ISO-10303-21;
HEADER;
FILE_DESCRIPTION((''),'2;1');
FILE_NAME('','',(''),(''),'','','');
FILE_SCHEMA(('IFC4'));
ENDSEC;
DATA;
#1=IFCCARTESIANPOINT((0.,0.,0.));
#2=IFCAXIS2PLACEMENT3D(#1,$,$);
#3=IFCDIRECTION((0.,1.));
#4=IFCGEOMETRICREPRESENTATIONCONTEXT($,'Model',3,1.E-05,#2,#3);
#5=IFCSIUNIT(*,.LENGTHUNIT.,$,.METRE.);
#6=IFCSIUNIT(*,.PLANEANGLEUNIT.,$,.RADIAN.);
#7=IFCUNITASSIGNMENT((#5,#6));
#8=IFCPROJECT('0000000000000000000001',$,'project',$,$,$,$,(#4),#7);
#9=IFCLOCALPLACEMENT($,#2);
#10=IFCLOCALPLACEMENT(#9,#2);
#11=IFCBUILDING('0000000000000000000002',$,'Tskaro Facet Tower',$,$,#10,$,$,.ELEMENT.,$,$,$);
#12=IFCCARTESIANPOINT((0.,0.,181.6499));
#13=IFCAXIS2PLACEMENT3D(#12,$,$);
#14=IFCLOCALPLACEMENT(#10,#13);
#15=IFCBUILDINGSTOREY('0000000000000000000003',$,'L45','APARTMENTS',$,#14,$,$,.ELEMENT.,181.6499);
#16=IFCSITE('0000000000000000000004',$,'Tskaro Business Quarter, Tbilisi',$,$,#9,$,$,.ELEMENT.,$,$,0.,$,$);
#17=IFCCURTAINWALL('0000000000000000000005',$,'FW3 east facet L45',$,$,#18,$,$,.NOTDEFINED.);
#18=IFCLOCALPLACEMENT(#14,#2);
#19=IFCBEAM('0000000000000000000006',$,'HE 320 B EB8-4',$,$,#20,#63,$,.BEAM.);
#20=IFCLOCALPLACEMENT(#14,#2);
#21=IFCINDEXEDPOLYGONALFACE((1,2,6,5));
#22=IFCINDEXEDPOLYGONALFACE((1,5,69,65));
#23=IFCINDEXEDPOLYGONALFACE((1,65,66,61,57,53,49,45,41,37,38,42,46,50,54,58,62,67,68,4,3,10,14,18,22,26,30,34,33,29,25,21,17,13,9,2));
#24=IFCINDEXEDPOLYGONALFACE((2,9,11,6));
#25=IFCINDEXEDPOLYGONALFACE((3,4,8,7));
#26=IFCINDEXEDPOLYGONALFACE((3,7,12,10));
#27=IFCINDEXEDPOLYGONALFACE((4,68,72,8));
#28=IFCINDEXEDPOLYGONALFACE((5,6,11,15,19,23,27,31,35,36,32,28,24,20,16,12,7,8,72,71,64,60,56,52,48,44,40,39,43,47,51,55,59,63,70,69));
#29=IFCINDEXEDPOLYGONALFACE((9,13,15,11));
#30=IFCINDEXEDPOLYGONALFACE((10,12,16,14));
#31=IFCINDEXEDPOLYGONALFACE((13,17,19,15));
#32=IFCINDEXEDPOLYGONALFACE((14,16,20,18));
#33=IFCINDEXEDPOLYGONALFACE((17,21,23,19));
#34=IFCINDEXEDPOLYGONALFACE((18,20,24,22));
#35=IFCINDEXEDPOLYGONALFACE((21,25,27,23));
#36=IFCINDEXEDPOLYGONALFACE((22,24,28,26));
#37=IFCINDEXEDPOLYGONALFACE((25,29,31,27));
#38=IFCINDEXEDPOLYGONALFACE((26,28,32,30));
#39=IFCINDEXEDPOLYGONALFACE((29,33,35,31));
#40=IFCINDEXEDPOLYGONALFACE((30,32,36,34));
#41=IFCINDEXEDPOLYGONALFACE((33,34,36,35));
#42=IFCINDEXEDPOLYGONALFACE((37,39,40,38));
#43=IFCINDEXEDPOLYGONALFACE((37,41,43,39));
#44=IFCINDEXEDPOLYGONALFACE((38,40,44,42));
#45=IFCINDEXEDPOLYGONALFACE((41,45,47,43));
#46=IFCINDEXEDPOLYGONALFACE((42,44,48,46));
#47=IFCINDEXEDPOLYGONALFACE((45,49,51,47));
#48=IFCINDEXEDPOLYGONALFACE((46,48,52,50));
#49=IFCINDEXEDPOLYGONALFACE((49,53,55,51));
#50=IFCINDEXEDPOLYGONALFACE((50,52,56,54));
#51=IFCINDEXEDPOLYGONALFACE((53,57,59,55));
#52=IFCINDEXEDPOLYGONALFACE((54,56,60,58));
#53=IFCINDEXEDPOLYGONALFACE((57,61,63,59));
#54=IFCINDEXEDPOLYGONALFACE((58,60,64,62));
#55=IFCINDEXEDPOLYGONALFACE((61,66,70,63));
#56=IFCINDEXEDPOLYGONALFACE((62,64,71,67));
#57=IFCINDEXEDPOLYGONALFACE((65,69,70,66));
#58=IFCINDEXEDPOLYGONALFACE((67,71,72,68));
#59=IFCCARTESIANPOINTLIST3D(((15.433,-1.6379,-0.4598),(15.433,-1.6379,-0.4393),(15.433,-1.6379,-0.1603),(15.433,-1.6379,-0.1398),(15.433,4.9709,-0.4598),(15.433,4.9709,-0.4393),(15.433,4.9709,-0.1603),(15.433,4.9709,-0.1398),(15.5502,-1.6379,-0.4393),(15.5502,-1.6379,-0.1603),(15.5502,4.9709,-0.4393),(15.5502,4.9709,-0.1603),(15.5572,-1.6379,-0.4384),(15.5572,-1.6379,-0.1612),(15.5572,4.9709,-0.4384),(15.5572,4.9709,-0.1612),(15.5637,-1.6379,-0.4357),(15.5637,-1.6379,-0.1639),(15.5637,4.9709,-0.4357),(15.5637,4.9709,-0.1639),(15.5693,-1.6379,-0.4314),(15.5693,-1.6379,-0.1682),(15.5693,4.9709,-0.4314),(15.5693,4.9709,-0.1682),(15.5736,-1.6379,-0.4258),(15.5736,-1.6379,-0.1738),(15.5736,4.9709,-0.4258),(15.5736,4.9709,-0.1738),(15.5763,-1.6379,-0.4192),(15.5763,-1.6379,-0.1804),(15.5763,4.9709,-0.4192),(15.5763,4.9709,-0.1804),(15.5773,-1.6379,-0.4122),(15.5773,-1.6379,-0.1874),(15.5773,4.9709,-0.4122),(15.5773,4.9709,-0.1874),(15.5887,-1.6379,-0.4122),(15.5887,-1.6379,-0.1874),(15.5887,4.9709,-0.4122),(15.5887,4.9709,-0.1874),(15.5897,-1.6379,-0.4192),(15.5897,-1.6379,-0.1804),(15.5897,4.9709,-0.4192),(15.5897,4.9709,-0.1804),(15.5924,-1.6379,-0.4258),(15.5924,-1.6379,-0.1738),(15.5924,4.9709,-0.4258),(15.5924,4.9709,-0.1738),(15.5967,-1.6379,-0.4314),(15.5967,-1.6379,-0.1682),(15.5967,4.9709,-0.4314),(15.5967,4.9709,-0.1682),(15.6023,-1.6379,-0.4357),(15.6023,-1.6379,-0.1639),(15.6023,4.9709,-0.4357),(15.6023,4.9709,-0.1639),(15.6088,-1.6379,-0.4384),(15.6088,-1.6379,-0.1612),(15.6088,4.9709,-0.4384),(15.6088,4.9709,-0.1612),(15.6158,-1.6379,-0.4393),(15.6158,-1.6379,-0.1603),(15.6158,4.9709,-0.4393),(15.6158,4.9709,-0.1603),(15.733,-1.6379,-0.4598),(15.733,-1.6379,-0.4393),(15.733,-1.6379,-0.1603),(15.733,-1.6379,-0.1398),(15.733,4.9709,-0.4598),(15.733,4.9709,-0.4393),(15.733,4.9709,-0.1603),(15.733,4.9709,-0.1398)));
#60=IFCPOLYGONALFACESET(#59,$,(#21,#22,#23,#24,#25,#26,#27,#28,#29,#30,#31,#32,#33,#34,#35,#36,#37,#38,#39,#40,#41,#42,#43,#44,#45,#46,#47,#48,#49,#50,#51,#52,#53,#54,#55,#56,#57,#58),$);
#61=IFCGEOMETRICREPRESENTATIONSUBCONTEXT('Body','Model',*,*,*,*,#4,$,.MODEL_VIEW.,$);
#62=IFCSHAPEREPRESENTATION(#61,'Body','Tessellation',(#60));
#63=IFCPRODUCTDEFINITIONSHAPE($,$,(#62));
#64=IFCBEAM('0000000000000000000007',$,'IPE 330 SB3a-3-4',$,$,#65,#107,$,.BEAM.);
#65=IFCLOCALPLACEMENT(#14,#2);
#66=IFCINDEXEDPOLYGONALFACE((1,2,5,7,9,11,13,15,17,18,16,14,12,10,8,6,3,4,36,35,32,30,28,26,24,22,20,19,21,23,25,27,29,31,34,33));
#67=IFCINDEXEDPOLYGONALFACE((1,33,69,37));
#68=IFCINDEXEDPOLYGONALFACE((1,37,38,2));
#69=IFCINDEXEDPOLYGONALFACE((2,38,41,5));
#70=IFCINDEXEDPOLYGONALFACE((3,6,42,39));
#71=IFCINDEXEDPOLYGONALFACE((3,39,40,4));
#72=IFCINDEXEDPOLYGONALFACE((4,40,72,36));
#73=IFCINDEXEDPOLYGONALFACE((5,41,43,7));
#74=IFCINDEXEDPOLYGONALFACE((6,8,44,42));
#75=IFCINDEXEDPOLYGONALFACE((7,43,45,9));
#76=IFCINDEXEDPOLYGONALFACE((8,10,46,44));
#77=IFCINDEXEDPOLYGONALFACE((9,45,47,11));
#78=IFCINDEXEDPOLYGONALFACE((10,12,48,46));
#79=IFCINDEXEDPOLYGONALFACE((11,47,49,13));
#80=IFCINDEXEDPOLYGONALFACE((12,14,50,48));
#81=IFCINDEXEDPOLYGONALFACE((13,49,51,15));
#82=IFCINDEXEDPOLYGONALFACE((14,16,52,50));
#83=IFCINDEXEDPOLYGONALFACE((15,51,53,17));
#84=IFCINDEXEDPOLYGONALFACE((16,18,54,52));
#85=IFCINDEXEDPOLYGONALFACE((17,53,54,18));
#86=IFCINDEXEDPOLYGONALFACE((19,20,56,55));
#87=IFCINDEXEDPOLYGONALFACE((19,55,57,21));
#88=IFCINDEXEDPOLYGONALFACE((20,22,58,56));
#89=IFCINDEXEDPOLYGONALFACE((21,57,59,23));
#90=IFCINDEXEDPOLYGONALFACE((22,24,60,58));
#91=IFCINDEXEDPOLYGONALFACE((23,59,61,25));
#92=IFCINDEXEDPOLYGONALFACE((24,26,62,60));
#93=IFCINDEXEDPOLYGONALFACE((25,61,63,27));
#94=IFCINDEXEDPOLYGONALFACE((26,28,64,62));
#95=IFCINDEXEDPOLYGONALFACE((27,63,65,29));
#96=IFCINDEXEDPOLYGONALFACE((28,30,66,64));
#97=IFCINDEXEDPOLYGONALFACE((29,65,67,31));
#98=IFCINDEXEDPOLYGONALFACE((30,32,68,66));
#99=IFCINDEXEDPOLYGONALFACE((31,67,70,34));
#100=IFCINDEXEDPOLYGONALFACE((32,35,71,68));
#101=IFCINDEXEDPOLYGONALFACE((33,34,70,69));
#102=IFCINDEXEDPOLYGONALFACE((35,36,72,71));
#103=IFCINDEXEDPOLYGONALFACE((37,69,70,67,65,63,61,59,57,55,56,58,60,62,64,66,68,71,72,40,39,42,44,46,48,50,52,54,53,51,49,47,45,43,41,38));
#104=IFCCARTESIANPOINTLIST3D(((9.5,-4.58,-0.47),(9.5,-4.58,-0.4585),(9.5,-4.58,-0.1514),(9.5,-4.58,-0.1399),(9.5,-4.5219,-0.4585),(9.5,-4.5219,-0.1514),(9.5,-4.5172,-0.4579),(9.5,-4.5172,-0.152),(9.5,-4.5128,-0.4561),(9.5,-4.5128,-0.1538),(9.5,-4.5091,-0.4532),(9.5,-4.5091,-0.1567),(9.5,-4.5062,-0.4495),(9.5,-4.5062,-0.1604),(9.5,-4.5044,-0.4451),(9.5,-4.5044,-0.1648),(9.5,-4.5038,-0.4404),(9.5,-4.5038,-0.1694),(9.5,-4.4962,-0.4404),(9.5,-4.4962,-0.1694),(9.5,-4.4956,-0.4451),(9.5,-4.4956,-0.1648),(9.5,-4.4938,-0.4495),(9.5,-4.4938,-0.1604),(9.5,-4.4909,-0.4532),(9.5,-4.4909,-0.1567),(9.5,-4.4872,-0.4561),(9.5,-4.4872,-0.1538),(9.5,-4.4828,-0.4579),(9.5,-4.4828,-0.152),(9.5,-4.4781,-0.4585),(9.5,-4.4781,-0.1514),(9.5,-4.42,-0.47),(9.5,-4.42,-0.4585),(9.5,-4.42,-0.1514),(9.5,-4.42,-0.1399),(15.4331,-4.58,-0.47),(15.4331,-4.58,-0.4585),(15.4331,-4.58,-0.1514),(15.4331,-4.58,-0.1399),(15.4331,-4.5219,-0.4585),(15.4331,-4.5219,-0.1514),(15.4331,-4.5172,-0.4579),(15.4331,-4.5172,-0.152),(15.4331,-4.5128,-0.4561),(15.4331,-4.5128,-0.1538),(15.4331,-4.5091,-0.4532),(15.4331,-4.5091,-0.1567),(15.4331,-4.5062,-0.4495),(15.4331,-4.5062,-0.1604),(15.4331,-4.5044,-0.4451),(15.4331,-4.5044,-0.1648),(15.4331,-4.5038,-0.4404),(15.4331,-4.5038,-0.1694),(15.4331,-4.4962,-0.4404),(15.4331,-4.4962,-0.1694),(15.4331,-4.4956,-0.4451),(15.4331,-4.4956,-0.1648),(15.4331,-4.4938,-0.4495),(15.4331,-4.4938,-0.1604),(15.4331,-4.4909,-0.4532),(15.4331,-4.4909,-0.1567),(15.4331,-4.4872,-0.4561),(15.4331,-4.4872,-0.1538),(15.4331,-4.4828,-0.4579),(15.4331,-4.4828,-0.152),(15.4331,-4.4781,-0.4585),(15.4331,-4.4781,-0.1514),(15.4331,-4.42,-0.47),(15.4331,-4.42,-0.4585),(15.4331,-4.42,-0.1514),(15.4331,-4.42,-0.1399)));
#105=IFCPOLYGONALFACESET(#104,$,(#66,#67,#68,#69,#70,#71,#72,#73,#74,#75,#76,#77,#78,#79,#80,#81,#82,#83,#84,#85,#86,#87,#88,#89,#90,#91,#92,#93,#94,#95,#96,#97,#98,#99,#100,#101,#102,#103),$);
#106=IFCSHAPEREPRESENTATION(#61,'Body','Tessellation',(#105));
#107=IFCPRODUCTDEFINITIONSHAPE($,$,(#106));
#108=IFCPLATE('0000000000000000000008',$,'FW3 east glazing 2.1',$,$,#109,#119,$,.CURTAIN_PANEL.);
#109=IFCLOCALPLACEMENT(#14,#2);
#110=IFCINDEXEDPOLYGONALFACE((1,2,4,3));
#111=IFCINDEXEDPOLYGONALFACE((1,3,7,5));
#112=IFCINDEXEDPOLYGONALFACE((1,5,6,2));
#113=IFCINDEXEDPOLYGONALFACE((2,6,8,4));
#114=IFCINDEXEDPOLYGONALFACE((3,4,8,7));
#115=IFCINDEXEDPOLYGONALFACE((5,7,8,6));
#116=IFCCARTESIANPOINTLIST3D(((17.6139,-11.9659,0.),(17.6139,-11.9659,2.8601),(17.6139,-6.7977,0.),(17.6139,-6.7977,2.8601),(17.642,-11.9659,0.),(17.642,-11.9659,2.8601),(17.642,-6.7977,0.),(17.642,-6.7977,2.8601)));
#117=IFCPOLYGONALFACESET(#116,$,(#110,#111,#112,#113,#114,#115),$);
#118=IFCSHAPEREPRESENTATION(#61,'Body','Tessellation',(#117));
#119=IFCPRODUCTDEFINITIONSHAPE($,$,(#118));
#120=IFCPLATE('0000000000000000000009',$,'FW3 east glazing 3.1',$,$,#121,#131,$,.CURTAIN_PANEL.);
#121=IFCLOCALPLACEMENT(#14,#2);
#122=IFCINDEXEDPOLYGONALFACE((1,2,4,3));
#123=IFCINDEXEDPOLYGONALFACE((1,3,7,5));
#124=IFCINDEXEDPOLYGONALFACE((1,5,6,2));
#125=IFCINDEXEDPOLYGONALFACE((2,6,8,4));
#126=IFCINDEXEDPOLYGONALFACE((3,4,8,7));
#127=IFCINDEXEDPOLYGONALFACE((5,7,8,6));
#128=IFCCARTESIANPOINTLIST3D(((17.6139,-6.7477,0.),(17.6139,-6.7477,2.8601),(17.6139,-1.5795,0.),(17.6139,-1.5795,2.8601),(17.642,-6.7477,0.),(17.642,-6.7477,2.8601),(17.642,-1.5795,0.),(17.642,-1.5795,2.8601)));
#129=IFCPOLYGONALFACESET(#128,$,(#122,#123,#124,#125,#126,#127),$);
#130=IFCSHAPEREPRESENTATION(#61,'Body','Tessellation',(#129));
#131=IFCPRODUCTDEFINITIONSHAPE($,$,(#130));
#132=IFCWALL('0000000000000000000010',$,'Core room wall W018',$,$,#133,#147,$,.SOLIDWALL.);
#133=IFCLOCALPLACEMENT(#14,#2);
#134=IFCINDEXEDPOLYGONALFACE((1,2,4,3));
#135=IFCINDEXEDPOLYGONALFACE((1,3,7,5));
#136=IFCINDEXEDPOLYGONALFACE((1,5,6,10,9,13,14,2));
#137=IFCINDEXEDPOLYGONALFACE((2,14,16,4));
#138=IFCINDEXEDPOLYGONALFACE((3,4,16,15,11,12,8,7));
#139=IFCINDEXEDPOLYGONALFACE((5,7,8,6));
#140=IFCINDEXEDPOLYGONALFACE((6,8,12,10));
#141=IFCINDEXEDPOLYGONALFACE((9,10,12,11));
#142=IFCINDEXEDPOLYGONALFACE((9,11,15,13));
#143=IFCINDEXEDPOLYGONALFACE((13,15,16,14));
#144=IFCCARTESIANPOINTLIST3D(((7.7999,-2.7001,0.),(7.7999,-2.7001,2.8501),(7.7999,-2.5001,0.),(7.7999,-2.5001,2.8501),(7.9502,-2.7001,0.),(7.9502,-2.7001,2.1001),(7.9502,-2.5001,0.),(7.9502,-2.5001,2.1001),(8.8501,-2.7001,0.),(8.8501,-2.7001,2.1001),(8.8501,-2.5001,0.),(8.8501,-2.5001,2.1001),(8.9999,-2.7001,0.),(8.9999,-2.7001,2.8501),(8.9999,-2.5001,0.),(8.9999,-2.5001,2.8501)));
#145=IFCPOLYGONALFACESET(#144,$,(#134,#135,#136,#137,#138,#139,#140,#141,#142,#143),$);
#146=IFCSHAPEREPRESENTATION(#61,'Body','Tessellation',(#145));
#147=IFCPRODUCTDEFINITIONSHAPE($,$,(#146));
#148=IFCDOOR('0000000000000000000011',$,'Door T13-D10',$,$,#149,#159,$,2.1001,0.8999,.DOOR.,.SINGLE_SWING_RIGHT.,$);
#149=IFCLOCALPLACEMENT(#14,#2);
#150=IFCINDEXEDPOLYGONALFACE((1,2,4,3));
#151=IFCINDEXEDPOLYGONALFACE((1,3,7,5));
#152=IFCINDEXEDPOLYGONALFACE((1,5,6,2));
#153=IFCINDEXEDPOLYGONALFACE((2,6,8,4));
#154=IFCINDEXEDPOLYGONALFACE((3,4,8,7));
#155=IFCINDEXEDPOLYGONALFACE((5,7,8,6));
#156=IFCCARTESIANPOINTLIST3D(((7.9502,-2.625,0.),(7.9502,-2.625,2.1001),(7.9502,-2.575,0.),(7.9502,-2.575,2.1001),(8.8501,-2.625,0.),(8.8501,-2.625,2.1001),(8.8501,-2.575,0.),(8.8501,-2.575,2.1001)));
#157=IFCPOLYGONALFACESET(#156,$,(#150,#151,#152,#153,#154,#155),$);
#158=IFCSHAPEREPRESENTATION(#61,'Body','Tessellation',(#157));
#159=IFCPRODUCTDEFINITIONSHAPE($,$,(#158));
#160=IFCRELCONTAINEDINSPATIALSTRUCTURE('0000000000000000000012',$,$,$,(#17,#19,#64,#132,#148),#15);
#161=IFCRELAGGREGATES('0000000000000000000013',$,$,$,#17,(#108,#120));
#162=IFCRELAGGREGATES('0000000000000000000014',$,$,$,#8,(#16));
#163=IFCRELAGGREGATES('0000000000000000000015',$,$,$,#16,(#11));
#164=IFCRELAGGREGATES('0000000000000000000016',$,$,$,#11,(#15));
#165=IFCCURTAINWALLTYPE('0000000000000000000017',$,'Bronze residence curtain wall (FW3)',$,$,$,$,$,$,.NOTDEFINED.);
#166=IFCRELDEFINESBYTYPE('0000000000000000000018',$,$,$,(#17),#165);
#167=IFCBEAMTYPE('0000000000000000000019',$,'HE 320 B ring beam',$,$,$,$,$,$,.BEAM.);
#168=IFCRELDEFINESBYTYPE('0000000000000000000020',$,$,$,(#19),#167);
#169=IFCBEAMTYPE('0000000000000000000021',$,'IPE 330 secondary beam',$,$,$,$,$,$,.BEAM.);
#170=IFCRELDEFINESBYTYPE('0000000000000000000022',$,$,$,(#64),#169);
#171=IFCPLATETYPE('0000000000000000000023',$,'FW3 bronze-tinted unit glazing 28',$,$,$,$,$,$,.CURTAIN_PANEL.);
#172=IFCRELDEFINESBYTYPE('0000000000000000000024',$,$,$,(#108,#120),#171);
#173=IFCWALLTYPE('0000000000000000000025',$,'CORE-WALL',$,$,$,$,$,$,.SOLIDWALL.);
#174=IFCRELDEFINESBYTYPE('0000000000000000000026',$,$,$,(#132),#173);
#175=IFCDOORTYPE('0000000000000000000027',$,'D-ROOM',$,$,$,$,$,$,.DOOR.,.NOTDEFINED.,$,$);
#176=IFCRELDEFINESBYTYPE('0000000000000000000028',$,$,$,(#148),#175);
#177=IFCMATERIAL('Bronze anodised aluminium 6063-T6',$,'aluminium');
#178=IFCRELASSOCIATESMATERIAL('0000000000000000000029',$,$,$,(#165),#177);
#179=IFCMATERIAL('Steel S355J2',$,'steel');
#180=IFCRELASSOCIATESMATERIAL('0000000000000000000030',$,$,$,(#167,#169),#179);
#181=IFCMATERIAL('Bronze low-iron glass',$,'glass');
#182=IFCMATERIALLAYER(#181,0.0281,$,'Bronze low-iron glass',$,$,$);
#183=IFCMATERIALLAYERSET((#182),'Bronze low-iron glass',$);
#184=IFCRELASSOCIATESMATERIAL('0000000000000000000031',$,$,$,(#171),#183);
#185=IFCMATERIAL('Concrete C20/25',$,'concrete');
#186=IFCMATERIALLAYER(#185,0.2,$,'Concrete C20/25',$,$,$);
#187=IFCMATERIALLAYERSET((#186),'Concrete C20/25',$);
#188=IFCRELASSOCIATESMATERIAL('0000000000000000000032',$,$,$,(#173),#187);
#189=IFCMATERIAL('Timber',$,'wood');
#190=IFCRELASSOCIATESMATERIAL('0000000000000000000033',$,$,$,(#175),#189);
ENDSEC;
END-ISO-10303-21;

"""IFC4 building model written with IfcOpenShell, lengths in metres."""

from ifc_helpers import new_model, si_unit, direction, frame, frame_2d, origin, origin_2d, place, context, subcontext, project, spatial, rectangle, i_section, extrude, material, layer, layer_set, material_profile, profile_set, type_object, element, fill, aggregate, save


model = new_model("IFC4")

# Units and contexts
model_context = context("Model", 3, precision=1e-05, world=origin(), true_north=direction((0.0, 1.0)))
body_context = subcontext(model_context, "Body", "Model", "MODEL_VIEW")
ifc_project = project(units=[si_unit("LENGTHUNIT", "METRE"), si_unit("PLANEANGLEUNIT", "RADIAN")], contexts=[model_context])

# Site, building, storey
site_placement = place(None, origin())
site = spatial("IfcSite", under=ifc_project, at=site_placement, Name="Tskaro Business Quarter, Tbilisi", CompositionType="ELEMENT", RefElevation=0.0)
building_placement = place(site_placement, origin())
building = spatial("IfcBuilding", under=site, at=building_placement, Name="Tskaro Facet Tower", CompositionType="ELEMENT")
storey_placement = place(building_placement, frame((0.0, 0.0, 181.6499)))
storey = spatial("IfcBuildingStorey", under=building, at=storey_placement, Name="L45", Description="APARTMENTS", CompositionType="ELEMENT", Elevation=181.6499)

# Curtain wall
ifc_material_1 = material(Name="Bronze anodised aluminium 6063-T6", Category="aluminium")
curtain_wall_type = type_object("IfcCurtainWallType", Name="Bronze residence curtain wall (FW3)", PredefinedType="NOTDEFINED", material=ifc_material_1)
curtain_wall_placement = place(storey_placement, origin())
curtain_wall = element("IfcCurtainWall", 1, at=curtain_wall_placement, inside=storey, type_object=curtain_wall_type, Name="FW3 east facet L45", PredefinedType="NOTDEFINED")

# Beams
ifc_material_2 = material(Name="Steel S355J2", Category="steel")
ifc_material_profile_1 = material_profile(ifc_material_2, i_section(OverallWidth=0.3, OverallDepth=0.3201, WebThickness=0.0115, FlangeThickness=0.0205, FilletRadius=0.0271, at=origin_2d()), Name="HE 320 B")
ifc_profile_set_1 = profile_set([ifc_material_profile_1], Name="Steel S355J2")
beam_type_1 = type_object("IfcBeamType", Name="HE 320 B ring beam", PredefinedType="BEAM", material=ifc_profile_set_1)
beam_1_placement = place(storey_placement, frame((15.583, -1.6379, -0.2998), z_axis=(0.0, 1.0, 0.0), x_axis=(-1.0, 0.0, 0.0)))
element("IfcBeam", 2, at=beam_1_placement, inside=storey, type_object=beam_type_1, Name="HE 320 B EB8-4", PredefinedType="BEAM", context=body_context, shape_type="SweptSolid", body=[
    extrude(i_section(OverallWidth=0.3, OverallDepth=0.3201, WebThickness=0.0115, FlangeThickness=0.0205, FilletRadius=0.0271, at=origin_2d()), origin(), (0.0, 0.0, 1.0), 6.6089),
])
ifc_material_profile_2 = material_profile(ifc_material_2, i_section(OverallWidth=0.1599, OverallDepth=0.3301, WebThickness=0.0076, FlangeThickness=0.0115, FilletRadius=0.0181, at=origin_2d()), Name="IPE 330")
ifc_profile_set_2 = profile_set([ifc_material_profile_2], Name="Steel S355J2")
beam_type_2 = type_object("IfcBeamType", Name="IPE 330 secondary beam", PredefinedType="BEAM", material=ifc_profile_set_2)
beam_2_placement = place(storey_placement, frame((9.5, -4.5, -0.3049), z_axis=(1.0, 0.0, 0.0), x_axis=(0.0, 1.0, 0.0)))
element("IfcBeam", 3, at=beam_2_placement, inside=storey, type_object=beam_type_2, Name="IPE 330 SB3a-3-4", PredefinedType="BEAM", context=body_context, shape_type="SweptSolid", body=[
    extrude(i_section(OverallWidth=0.1599, OverallDepth=0.3301, WebThickness=0.0076, FlangeThickness=0.0115, FilletRadius=0.0181, at=origin_2d()), origin(), (0.0, 0.0, 1.0), 5.9331),
])

# Plates
ifc_material_3 = material(Name="Bronze low-iron glass", Category="glass")
ifc_layer_1 = layer(ifc_material_3, 0.0281, Name="Bronze low-iron glass")
ifc_layer_set_1 = layer_set([ifc_layer_1], Name="Bronze low-iron glass")
plate_type = type_object("IfcPlateType", Name="FW3 bronze-tinted unit glazing 28", PredefinedType="CURTAIN_PANEL", material=ifc_layer_set_1)
plate_1_placement = place(storey_placement, frame((17.6279, -9.3818, 0.0), z_axis=(0.0, 0.0, 1.0), x_axis=(0.0, 1.0, 0.0)))
plate_1 = element("IfcPlate", 4, at=plate_1_placement, type_object=plate_type, Name="FW3 east glazing 2.1", PredefinedType="CURTAIN_PANEL", context=body_context, shape_type="SweptSolid", body=[
    extrude(rectangle(XDim=5.1682, YDim=0.0281, at=origin_2d()), origin(), (0.0, 0.0, 1.0), 2.8601),
])
plate_2_placement = place(storey_placement, frame((17.6279, -4.1636, 0.0), z_axis=(0.0, 0.0, 1.0), x_axis=(0.0, 1.0, 0.0)))
plate_2 = element("IfcPlate", 5, at=plate_2_placement, type_object=plate_type, Name="FW3 east glazing 3.1", PredefinedType="CURTAIN_PANEL", context=body_context, shape_type="SweptSolid", body=[
    extrude(rectangle(XDim=5.1682, YDim=0.0281, at=origin_2d()), origin(), (0.0, 0.0, 1.0), 2.8601),
])
aggregate(curtain_wall, [plate_1, plate_2])

# Wall, opening, door
ifc_material_4 = material(Name="Concrete C20/25", Category="concrete")
ifc_layer_2 = layer(ifc_material_4, 0.2, Name="Concrete C20/25")
ifc_layer_set_2 = layer_set([ifc_layer_2], Name="Concrete C20/25")
wall_type_1 = type_object("IfcWallType", Name="CORE-WALL", PredefinedType="SOLIDWALL", material=ifc_layer_set_2)
wall_1_placement = place(storey_placement, frame((9.0, -2.6001, 0.0), z_axis=(0.0, 0.0, 1.0), x_axis=(-1.0, 0.0, 0.0)))
wall_1 = element("IfcWall", 6, at=wall_1_placement, inside=storey, type_object=wall_type_1, Name="Core room wall W018", PredefinedType="SOLIDWALL", context=body_context, shape_type="SweptSolid", body=[
    extrude(rectangle(XDim=1.2, YDim=0.2, at=frame_2d((0.6001, 0.0))), origin(), (0.0, 0.0, 1.0), 2.8501),
])
opening_1_placement = place(wall_1_placement, frame((0.1499, 0.0, 0.0)))
opening_1 = element("IfcOpeningElement", 7, at=opening_1_placement, cuts=wall_1, PredefinedType="OPENING", context=body_context, shape_type="SweptSolid", body=[
    extrude(rectangle(XDim=0.8999, YDim=2.1001, at=frame_2d((0.45, 1.05))), frame((0.0, 0.1099, 0.0), z_axis=(0.0, -1.0, 0.0), x_axis=(1.0, 0.0, 0.0)), (0.0, 0.0, 1.0), 0.22),
])
ifc_material_5 = material(Name="Timber", Category="wood")
door_type_1 = type_object("IfcDoorType", Name="D-ROOM", OperationType="NOTDEFINED", PredefinedType="DOOR", material=ifc_material_5)
door_1_placement = place(opening_1_placement, origin())
door_1 = element("IfcDoor", 8, at=door_1_placement, inside=storey, type_object=door_type_1, Name="Door T13-D10", OperationType="SINGLE_SWING_RIGHT", OverallHeight=2.1001, OverallWidth=0.8999, PredefinedType="DOOR", context=body_context, shape_type="SweptSolid", body=[
    extrude(rectangle(XDim=0.8999, YDim=2.1001, at=frame_2d((0.45, 1.05))), frame((0.0, 0.0249, 0.0), z_axis=(0.0, -1.0, 0.0), x_axis=(1.0, 0.0, 0.0)), (0.0, 0.0, 1.0), 0.05),
])
fill(opening_1, door_1)

save(model, "model.ifc")
